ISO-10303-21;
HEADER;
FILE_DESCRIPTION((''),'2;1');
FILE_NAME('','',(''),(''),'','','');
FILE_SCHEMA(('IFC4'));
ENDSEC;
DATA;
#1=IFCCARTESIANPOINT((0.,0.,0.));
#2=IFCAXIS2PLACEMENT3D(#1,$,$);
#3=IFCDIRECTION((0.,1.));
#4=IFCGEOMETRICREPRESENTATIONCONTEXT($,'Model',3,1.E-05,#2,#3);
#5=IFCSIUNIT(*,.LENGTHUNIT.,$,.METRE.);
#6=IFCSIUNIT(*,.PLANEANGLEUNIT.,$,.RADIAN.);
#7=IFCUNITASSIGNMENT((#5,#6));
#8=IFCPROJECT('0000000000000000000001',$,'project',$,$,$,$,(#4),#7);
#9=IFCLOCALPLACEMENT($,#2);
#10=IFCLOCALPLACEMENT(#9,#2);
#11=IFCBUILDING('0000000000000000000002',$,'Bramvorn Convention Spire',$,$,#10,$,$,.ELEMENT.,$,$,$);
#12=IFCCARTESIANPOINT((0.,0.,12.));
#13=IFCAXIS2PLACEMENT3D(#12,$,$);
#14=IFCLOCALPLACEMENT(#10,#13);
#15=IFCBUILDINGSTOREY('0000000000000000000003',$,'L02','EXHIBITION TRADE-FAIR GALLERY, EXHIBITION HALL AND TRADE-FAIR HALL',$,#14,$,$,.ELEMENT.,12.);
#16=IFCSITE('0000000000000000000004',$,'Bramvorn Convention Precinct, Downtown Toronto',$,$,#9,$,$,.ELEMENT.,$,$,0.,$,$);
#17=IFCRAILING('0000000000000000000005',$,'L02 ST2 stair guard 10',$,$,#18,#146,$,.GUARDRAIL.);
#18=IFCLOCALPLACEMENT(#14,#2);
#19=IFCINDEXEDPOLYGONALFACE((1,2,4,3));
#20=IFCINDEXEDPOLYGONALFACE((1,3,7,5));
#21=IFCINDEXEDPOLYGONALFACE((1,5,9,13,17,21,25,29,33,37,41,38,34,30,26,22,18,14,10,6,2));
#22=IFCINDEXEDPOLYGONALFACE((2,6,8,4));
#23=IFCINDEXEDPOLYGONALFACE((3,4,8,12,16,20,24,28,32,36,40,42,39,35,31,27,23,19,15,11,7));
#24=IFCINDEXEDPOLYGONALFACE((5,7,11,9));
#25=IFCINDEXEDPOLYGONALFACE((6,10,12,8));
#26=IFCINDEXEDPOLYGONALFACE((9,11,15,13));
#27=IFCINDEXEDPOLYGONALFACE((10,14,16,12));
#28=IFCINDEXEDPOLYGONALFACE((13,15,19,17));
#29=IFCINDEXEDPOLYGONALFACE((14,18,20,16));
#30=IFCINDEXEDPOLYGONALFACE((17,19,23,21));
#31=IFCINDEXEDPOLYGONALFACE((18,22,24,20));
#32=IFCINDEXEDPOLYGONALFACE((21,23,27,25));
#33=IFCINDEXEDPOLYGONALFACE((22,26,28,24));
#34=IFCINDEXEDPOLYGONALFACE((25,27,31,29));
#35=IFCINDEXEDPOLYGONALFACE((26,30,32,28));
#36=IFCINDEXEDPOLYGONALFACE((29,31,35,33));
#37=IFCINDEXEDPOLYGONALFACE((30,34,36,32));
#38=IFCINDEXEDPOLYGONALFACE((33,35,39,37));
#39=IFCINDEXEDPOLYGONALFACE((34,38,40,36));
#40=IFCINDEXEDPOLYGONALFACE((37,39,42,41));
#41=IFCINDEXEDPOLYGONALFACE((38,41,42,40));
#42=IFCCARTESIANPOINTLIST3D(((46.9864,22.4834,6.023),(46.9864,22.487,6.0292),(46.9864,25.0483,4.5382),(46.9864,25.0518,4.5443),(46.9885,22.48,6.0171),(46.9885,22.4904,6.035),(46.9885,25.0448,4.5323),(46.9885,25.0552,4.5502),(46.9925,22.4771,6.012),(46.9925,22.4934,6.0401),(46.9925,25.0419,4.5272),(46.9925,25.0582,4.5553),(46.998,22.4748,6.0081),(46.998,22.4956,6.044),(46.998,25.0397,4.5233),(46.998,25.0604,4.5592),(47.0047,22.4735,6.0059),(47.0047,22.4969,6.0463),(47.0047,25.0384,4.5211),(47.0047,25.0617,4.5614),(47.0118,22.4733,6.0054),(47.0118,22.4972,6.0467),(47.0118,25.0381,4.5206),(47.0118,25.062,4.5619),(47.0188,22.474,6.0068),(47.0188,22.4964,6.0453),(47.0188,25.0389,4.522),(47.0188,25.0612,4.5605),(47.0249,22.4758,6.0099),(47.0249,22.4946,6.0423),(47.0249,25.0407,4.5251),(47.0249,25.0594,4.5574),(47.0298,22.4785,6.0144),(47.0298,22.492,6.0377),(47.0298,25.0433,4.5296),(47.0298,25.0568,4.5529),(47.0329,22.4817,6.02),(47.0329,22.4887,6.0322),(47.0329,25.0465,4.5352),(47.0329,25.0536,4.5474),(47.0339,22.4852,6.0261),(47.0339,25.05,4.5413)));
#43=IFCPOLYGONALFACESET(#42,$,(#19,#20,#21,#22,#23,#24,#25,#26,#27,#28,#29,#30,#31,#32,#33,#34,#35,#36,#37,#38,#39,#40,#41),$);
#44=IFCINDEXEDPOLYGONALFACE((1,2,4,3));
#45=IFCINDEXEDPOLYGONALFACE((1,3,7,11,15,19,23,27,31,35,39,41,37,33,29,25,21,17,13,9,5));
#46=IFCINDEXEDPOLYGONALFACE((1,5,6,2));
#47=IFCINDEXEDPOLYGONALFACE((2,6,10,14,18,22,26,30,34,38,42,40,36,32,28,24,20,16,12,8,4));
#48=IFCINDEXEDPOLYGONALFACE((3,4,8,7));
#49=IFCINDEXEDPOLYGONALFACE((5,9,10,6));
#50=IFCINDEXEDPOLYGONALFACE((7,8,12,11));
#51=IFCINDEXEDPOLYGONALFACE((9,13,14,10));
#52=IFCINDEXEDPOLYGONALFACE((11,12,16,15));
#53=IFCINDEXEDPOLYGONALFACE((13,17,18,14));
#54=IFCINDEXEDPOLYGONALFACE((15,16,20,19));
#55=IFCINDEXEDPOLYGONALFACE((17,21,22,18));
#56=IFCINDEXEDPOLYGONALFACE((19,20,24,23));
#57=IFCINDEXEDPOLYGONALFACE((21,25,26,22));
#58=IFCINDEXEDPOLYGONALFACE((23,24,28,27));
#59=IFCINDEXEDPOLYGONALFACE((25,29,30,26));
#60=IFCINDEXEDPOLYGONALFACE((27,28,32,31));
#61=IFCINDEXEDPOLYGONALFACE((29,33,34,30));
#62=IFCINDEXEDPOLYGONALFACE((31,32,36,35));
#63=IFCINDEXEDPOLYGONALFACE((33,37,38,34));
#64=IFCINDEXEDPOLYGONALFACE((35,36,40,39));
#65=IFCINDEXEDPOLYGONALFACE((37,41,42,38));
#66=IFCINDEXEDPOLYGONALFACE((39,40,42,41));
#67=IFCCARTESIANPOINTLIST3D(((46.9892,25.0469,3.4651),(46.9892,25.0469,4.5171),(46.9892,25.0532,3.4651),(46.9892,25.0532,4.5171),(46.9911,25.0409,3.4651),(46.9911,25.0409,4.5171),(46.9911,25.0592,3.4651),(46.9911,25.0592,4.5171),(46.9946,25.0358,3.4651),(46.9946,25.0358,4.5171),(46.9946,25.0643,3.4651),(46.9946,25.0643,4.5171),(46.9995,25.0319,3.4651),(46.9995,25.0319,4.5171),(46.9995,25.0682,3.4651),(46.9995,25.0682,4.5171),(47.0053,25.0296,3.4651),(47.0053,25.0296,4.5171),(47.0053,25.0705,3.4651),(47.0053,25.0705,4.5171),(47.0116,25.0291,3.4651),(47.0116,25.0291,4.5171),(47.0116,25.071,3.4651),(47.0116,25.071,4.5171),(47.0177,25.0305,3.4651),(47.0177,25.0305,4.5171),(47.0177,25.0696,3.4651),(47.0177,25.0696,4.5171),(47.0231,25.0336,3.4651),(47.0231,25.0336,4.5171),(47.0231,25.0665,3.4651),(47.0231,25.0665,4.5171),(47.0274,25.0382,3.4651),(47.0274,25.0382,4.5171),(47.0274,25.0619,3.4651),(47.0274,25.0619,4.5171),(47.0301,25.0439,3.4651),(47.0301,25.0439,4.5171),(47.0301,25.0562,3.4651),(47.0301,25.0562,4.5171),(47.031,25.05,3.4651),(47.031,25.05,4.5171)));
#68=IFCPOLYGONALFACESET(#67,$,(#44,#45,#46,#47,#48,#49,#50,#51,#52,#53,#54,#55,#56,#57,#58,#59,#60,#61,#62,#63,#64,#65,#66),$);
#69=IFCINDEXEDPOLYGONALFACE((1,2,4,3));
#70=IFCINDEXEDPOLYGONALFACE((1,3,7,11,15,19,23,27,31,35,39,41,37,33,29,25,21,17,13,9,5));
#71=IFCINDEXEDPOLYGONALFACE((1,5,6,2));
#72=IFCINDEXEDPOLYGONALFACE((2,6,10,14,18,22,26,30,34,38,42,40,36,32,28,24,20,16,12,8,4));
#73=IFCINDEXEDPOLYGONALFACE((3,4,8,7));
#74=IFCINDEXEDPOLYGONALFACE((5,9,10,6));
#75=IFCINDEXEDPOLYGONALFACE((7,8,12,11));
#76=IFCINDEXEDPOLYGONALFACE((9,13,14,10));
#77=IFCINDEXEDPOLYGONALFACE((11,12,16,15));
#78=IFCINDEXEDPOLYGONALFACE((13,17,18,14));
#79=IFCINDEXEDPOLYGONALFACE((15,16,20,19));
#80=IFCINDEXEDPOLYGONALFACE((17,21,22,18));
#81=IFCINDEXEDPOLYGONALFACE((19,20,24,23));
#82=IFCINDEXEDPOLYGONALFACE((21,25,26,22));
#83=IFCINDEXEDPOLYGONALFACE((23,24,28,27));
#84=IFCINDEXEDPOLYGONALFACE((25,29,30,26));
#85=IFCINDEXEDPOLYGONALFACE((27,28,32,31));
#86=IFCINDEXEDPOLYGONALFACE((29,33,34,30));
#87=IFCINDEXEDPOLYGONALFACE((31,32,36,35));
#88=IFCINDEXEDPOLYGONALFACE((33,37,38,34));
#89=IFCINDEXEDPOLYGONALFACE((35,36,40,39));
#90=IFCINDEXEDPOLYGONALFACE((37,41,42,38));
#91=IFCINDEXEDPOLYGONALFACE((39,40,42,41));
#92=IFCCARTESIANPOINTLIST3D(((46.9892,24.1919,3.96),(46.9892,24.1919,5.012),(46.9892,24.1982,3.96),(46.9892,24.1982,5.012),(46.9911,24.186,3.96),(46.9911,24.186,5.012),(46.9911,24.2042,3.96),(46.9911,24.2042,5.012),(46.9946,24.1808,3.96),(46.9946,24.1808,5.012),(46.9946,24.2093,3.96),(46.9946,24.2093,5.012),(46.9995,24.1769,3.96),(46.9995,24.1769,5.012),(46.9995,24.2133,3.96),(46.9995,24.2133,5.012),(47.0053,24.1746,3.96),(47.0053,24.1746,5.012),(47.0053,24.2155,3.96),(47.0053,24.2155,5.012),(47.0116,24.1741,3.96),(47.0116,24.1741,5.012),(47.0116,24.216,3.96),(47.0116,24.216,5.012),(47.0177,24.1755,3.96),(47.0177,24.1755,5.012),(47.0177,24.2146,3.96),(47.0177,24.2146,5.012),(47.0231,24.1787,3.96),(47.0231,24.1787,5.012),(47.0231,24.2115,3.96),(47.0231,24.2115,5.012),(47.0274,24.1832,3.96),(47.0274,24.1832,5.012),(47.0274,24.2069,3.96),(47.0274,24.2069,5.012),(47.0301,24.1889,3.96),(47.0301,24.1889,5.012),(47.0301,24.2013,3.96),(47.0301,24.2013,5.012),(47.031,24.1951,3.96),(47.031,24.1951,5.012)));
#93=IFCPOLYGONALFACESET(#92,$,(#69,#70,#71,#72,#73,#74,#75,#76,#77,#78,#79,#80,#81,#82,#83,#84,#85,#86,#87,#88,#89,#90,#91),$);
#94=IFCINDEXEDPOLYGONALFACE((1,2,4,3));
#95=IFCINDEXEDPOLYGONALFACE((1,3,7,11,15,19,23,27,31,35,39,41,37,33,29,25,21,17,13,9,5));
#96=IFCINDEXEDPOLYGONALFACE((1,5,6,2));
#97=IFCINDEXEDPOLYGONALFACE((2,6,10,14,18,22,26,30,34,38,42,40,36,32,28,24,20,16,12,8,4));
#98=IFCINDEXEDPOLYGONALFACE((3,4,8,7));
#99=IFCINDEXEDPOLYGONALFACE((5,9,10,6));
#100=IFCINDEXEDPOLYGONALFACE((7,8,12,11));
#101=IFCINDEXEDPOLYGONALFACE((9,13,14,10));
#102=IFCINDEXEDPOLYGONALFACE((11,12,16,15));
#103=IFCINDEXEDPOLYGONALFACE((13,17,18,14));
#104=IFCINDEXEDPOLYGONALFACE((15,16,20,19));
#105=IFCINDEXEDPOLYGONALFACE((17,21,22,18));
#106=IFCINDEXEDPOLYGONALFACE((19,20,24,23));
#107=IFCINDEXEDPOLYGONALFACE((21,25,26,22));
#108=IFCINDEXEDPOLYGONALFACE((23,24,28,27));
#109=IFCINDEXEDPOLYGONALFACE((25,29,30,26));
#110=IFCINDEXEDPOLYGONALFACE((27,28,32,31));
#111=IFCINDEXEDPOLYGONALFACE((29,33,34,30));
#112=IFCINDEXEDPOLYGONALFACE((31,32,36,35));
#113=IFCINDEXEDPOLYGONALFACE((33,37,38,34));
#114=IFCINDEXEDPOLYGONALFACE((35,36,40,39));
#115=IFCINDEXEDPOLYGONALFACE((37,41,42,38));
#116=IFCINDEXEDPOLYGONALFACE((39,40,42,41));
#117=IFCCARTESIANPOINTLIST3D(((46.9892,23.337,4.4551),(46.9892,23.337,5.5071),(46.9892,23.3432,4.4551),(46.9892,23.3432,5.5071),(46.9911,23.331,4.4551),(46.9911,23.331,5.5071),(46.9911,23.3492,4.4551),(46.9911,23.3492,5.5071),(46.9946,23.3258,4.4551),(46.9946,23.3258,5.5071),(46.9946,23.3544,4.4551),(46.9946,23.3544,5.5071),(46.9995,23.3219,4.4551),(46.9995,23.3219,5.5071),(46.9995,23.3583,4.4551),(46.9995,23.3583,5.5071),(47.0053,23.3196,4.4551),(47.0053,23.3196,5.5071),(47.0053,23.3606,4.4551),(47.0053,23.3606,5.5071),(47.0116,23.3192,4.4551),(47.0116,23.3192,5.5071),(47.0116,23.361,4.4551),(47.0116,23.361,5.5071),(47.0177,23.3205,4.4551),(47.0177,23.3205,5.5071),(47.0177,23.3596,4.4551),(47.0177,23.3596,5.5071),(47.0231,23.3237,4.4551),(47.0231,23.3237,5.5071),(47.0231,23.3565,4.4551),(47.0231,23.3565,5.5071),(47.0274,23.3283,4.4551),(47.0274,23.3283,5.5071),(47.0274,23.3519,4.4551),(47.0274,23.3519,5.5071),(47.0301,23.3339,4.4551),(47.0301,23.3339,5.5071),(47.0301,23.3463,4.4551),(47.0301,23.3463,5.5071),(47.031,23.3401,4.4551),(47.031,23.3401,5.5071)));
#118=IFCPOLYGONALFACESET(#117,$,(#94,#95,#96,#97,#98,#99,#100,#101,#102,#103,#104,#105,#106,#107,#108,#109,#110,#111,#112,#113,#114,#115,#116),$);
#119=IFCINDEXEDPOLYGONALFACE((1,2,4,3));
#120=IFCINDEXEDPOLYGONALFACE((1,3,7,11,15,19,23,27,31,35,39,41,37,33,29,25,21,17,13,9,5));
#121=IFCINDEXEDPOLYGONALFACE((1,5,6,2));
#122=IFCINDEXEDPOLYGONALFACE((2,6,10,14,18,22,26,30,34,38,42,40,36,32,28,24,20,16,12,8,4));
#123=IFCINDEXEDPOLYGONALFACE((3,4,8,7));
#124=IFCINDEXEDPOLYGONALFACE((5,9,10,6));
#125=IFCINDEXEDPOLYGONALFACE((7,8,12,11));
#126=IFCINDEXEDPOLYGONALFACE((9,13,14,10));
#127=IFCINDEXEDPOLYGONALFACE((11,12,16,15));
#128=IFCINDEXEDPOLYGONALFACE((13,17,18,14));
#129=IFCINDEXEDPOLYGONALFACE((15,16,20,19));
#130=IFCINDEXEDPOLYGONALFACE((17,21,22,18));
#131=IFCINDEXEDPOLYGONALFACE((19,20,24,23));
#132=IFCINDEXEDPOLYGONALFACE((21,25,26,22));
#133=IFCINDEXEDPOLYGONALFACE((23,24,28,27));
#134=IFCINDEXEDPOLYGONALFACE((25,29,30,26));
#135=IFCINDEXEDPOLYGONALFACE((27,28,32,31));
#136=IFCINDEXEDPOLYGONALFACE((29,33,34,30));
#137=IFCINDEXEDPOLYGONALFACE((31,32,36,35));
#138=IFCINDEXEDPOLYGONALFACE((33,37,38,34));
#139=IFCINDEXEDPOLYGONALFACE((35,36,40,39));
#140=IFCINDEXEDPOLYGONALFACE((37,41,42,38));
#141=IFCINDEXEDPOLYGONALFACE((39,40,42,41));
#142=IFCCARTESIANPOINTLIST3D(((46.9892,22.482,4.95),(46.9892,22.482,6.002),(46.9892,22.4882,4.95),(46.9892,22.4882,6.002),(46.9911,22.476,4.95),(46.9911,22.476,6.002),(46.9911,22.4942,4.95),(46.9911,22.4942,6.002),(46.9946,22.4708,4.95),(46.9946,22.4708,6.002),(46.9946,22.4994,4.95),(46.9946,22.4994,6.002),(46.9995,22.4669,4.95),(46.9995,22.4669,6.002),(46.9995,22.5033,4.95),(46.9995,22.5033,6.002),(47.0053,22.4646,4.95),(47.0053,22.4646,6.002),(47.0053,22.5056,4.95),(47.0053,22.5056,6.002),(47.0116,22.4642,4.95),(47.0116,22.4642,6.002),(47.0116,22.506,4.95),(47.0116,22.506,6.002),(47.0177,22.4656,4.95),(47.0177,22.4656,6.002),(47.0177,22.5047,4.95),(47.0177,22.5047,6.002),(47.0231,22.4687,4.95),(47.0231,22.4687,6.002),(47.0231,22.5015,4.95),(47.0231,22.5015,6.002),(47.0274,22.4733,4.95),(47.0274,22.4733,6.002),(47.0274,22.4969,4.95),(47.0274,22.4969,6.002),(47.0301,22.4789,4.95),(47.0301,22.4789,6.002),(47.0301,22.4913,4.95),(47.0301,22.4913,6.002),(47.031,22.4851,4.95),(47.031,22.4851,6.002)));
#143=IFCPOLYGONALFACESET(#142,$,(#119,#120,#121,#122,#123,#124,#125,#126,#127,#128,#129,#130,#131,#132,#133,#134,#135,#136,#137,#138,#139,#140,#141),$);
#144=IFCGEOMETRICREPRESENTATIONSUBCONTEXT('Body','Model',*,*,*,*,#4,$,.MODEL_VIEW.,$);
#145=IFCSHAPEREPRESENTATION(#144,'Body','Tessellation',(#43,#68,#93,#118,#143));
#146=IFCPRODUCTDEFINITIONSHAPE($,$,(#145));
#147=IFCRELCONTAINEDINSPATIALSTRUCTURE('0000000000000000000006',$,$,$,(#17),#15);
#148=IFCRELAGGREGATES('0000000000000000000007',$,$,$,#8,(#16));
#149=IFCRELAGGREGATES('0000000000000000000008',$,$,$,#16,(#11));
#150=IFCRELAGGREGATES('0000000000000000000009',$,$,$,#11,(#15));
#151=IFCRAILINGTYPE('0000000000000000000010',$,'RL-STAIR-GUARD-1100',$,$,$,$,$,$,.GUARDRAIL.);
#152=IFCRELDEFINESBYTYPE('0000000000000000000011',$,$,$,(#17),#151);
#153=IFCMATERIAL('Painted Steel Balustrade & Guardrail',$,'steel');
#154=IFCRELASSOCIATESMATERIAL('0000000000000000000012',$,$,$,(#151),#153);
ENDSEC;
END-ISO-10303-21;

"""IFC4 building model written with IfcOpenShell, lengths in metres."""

from ifc_helpers import new_model, si_unit, direction, frame, origin, origin_2d, place, context, subcontext, project, spatial, circle, extrude, material, type_object, element, save


model = new_model("IFC4")

# Units and contexts
model_context = context("Model", 3, precision=1e-05, world=origin(), true_north=direction((0.0, 1.0)))
body_context = subcontext(model_context, "Body", "Model", "MODEL_VIEW")
ifc_project = project(units=[si_unit("LENGTHUNIT", "METRE"), si_unit("PLANEANGLEUNIT", "RADIAN")], contexts=[model_context])

# Site, building, storey
site_placement = place(None, origin())
site = spatial("IfcSite", under=ifc_project, at=site_placement, Name="Bramvorn Convention Precinct, Downtown Toronto", CompositionType="ELEMENT", RefElevation=0.0)
building_placement = place(site_placement, origin())
building = spatial("IfcBuilding", under=site, at=building_placement, Name="Bramvorn Convention Spire", CompositionType="ELEMENT")
storey_placement = place(building_placement, frame((0.0, 0.0, 12.0)))
storey = spatial("IfcBuildingStorey", under=building, at=storey_placement, Name="L02", Description="EXHIBITION TRADE-FAIR GALLERY, EXHIBITION HALL AND TRADE-FAIR HALL", CompositionType="ELEMENT", Elevation=12.0)

# Railing
ifc_material_1 = material(Name="Painted Steel Balustrade & Guardrail", Category="steel")
railing_type_1 = type_object("IfcRailingType", Name="RL-STAIR-GUARD-1100", PredefinedType="GUARDRAIL", material=ifc_material_1)
railing_1_placement = place(storey_placement, frame((47.01, 25.05, 3.4651)))
element("IfcRailing", 1, at=railing_1_placement, inside=storey, type_object=railing_type_1, Name="L02 ST2 stair guard 10", PredefinedType="GUARDRAIL", context=body_context, shape_type="SweptSolid", body=[
    extrude(circle(Radius=0.0239, at=origin_2d()), frame((0.0, 0.0, 1.0762), z_axis=(0.0, -0.865441, 0.50101), x_axis=(1.0, 0.0, 0.0)), (0.0, 0.0, 1.0), 2.9636),
    extrude(circle(Radius=0.021, at=origin_2d()), origin(), (0.0, 0.0, 1.0), 1.052),
    extrude(circle(Radius=0.021, at=origin_2d()), frame((0.0, -0.855, 0.4949)), (0.0, 0.0, 1.0), 1.052),
    extrude(circle(Radius=0.021, at=origin_2d()), frame((0.0, -1.71, 0.99)), (0.0, 0.0, 1.0), 1.052),
    extrude(circle(Radius=0.021, at=origin_2d()), frame((0.0, -2.5649, 1.4849)), (0.0, 0.0, 1.0), 1.052),
])

save(model, "model.ifc")
